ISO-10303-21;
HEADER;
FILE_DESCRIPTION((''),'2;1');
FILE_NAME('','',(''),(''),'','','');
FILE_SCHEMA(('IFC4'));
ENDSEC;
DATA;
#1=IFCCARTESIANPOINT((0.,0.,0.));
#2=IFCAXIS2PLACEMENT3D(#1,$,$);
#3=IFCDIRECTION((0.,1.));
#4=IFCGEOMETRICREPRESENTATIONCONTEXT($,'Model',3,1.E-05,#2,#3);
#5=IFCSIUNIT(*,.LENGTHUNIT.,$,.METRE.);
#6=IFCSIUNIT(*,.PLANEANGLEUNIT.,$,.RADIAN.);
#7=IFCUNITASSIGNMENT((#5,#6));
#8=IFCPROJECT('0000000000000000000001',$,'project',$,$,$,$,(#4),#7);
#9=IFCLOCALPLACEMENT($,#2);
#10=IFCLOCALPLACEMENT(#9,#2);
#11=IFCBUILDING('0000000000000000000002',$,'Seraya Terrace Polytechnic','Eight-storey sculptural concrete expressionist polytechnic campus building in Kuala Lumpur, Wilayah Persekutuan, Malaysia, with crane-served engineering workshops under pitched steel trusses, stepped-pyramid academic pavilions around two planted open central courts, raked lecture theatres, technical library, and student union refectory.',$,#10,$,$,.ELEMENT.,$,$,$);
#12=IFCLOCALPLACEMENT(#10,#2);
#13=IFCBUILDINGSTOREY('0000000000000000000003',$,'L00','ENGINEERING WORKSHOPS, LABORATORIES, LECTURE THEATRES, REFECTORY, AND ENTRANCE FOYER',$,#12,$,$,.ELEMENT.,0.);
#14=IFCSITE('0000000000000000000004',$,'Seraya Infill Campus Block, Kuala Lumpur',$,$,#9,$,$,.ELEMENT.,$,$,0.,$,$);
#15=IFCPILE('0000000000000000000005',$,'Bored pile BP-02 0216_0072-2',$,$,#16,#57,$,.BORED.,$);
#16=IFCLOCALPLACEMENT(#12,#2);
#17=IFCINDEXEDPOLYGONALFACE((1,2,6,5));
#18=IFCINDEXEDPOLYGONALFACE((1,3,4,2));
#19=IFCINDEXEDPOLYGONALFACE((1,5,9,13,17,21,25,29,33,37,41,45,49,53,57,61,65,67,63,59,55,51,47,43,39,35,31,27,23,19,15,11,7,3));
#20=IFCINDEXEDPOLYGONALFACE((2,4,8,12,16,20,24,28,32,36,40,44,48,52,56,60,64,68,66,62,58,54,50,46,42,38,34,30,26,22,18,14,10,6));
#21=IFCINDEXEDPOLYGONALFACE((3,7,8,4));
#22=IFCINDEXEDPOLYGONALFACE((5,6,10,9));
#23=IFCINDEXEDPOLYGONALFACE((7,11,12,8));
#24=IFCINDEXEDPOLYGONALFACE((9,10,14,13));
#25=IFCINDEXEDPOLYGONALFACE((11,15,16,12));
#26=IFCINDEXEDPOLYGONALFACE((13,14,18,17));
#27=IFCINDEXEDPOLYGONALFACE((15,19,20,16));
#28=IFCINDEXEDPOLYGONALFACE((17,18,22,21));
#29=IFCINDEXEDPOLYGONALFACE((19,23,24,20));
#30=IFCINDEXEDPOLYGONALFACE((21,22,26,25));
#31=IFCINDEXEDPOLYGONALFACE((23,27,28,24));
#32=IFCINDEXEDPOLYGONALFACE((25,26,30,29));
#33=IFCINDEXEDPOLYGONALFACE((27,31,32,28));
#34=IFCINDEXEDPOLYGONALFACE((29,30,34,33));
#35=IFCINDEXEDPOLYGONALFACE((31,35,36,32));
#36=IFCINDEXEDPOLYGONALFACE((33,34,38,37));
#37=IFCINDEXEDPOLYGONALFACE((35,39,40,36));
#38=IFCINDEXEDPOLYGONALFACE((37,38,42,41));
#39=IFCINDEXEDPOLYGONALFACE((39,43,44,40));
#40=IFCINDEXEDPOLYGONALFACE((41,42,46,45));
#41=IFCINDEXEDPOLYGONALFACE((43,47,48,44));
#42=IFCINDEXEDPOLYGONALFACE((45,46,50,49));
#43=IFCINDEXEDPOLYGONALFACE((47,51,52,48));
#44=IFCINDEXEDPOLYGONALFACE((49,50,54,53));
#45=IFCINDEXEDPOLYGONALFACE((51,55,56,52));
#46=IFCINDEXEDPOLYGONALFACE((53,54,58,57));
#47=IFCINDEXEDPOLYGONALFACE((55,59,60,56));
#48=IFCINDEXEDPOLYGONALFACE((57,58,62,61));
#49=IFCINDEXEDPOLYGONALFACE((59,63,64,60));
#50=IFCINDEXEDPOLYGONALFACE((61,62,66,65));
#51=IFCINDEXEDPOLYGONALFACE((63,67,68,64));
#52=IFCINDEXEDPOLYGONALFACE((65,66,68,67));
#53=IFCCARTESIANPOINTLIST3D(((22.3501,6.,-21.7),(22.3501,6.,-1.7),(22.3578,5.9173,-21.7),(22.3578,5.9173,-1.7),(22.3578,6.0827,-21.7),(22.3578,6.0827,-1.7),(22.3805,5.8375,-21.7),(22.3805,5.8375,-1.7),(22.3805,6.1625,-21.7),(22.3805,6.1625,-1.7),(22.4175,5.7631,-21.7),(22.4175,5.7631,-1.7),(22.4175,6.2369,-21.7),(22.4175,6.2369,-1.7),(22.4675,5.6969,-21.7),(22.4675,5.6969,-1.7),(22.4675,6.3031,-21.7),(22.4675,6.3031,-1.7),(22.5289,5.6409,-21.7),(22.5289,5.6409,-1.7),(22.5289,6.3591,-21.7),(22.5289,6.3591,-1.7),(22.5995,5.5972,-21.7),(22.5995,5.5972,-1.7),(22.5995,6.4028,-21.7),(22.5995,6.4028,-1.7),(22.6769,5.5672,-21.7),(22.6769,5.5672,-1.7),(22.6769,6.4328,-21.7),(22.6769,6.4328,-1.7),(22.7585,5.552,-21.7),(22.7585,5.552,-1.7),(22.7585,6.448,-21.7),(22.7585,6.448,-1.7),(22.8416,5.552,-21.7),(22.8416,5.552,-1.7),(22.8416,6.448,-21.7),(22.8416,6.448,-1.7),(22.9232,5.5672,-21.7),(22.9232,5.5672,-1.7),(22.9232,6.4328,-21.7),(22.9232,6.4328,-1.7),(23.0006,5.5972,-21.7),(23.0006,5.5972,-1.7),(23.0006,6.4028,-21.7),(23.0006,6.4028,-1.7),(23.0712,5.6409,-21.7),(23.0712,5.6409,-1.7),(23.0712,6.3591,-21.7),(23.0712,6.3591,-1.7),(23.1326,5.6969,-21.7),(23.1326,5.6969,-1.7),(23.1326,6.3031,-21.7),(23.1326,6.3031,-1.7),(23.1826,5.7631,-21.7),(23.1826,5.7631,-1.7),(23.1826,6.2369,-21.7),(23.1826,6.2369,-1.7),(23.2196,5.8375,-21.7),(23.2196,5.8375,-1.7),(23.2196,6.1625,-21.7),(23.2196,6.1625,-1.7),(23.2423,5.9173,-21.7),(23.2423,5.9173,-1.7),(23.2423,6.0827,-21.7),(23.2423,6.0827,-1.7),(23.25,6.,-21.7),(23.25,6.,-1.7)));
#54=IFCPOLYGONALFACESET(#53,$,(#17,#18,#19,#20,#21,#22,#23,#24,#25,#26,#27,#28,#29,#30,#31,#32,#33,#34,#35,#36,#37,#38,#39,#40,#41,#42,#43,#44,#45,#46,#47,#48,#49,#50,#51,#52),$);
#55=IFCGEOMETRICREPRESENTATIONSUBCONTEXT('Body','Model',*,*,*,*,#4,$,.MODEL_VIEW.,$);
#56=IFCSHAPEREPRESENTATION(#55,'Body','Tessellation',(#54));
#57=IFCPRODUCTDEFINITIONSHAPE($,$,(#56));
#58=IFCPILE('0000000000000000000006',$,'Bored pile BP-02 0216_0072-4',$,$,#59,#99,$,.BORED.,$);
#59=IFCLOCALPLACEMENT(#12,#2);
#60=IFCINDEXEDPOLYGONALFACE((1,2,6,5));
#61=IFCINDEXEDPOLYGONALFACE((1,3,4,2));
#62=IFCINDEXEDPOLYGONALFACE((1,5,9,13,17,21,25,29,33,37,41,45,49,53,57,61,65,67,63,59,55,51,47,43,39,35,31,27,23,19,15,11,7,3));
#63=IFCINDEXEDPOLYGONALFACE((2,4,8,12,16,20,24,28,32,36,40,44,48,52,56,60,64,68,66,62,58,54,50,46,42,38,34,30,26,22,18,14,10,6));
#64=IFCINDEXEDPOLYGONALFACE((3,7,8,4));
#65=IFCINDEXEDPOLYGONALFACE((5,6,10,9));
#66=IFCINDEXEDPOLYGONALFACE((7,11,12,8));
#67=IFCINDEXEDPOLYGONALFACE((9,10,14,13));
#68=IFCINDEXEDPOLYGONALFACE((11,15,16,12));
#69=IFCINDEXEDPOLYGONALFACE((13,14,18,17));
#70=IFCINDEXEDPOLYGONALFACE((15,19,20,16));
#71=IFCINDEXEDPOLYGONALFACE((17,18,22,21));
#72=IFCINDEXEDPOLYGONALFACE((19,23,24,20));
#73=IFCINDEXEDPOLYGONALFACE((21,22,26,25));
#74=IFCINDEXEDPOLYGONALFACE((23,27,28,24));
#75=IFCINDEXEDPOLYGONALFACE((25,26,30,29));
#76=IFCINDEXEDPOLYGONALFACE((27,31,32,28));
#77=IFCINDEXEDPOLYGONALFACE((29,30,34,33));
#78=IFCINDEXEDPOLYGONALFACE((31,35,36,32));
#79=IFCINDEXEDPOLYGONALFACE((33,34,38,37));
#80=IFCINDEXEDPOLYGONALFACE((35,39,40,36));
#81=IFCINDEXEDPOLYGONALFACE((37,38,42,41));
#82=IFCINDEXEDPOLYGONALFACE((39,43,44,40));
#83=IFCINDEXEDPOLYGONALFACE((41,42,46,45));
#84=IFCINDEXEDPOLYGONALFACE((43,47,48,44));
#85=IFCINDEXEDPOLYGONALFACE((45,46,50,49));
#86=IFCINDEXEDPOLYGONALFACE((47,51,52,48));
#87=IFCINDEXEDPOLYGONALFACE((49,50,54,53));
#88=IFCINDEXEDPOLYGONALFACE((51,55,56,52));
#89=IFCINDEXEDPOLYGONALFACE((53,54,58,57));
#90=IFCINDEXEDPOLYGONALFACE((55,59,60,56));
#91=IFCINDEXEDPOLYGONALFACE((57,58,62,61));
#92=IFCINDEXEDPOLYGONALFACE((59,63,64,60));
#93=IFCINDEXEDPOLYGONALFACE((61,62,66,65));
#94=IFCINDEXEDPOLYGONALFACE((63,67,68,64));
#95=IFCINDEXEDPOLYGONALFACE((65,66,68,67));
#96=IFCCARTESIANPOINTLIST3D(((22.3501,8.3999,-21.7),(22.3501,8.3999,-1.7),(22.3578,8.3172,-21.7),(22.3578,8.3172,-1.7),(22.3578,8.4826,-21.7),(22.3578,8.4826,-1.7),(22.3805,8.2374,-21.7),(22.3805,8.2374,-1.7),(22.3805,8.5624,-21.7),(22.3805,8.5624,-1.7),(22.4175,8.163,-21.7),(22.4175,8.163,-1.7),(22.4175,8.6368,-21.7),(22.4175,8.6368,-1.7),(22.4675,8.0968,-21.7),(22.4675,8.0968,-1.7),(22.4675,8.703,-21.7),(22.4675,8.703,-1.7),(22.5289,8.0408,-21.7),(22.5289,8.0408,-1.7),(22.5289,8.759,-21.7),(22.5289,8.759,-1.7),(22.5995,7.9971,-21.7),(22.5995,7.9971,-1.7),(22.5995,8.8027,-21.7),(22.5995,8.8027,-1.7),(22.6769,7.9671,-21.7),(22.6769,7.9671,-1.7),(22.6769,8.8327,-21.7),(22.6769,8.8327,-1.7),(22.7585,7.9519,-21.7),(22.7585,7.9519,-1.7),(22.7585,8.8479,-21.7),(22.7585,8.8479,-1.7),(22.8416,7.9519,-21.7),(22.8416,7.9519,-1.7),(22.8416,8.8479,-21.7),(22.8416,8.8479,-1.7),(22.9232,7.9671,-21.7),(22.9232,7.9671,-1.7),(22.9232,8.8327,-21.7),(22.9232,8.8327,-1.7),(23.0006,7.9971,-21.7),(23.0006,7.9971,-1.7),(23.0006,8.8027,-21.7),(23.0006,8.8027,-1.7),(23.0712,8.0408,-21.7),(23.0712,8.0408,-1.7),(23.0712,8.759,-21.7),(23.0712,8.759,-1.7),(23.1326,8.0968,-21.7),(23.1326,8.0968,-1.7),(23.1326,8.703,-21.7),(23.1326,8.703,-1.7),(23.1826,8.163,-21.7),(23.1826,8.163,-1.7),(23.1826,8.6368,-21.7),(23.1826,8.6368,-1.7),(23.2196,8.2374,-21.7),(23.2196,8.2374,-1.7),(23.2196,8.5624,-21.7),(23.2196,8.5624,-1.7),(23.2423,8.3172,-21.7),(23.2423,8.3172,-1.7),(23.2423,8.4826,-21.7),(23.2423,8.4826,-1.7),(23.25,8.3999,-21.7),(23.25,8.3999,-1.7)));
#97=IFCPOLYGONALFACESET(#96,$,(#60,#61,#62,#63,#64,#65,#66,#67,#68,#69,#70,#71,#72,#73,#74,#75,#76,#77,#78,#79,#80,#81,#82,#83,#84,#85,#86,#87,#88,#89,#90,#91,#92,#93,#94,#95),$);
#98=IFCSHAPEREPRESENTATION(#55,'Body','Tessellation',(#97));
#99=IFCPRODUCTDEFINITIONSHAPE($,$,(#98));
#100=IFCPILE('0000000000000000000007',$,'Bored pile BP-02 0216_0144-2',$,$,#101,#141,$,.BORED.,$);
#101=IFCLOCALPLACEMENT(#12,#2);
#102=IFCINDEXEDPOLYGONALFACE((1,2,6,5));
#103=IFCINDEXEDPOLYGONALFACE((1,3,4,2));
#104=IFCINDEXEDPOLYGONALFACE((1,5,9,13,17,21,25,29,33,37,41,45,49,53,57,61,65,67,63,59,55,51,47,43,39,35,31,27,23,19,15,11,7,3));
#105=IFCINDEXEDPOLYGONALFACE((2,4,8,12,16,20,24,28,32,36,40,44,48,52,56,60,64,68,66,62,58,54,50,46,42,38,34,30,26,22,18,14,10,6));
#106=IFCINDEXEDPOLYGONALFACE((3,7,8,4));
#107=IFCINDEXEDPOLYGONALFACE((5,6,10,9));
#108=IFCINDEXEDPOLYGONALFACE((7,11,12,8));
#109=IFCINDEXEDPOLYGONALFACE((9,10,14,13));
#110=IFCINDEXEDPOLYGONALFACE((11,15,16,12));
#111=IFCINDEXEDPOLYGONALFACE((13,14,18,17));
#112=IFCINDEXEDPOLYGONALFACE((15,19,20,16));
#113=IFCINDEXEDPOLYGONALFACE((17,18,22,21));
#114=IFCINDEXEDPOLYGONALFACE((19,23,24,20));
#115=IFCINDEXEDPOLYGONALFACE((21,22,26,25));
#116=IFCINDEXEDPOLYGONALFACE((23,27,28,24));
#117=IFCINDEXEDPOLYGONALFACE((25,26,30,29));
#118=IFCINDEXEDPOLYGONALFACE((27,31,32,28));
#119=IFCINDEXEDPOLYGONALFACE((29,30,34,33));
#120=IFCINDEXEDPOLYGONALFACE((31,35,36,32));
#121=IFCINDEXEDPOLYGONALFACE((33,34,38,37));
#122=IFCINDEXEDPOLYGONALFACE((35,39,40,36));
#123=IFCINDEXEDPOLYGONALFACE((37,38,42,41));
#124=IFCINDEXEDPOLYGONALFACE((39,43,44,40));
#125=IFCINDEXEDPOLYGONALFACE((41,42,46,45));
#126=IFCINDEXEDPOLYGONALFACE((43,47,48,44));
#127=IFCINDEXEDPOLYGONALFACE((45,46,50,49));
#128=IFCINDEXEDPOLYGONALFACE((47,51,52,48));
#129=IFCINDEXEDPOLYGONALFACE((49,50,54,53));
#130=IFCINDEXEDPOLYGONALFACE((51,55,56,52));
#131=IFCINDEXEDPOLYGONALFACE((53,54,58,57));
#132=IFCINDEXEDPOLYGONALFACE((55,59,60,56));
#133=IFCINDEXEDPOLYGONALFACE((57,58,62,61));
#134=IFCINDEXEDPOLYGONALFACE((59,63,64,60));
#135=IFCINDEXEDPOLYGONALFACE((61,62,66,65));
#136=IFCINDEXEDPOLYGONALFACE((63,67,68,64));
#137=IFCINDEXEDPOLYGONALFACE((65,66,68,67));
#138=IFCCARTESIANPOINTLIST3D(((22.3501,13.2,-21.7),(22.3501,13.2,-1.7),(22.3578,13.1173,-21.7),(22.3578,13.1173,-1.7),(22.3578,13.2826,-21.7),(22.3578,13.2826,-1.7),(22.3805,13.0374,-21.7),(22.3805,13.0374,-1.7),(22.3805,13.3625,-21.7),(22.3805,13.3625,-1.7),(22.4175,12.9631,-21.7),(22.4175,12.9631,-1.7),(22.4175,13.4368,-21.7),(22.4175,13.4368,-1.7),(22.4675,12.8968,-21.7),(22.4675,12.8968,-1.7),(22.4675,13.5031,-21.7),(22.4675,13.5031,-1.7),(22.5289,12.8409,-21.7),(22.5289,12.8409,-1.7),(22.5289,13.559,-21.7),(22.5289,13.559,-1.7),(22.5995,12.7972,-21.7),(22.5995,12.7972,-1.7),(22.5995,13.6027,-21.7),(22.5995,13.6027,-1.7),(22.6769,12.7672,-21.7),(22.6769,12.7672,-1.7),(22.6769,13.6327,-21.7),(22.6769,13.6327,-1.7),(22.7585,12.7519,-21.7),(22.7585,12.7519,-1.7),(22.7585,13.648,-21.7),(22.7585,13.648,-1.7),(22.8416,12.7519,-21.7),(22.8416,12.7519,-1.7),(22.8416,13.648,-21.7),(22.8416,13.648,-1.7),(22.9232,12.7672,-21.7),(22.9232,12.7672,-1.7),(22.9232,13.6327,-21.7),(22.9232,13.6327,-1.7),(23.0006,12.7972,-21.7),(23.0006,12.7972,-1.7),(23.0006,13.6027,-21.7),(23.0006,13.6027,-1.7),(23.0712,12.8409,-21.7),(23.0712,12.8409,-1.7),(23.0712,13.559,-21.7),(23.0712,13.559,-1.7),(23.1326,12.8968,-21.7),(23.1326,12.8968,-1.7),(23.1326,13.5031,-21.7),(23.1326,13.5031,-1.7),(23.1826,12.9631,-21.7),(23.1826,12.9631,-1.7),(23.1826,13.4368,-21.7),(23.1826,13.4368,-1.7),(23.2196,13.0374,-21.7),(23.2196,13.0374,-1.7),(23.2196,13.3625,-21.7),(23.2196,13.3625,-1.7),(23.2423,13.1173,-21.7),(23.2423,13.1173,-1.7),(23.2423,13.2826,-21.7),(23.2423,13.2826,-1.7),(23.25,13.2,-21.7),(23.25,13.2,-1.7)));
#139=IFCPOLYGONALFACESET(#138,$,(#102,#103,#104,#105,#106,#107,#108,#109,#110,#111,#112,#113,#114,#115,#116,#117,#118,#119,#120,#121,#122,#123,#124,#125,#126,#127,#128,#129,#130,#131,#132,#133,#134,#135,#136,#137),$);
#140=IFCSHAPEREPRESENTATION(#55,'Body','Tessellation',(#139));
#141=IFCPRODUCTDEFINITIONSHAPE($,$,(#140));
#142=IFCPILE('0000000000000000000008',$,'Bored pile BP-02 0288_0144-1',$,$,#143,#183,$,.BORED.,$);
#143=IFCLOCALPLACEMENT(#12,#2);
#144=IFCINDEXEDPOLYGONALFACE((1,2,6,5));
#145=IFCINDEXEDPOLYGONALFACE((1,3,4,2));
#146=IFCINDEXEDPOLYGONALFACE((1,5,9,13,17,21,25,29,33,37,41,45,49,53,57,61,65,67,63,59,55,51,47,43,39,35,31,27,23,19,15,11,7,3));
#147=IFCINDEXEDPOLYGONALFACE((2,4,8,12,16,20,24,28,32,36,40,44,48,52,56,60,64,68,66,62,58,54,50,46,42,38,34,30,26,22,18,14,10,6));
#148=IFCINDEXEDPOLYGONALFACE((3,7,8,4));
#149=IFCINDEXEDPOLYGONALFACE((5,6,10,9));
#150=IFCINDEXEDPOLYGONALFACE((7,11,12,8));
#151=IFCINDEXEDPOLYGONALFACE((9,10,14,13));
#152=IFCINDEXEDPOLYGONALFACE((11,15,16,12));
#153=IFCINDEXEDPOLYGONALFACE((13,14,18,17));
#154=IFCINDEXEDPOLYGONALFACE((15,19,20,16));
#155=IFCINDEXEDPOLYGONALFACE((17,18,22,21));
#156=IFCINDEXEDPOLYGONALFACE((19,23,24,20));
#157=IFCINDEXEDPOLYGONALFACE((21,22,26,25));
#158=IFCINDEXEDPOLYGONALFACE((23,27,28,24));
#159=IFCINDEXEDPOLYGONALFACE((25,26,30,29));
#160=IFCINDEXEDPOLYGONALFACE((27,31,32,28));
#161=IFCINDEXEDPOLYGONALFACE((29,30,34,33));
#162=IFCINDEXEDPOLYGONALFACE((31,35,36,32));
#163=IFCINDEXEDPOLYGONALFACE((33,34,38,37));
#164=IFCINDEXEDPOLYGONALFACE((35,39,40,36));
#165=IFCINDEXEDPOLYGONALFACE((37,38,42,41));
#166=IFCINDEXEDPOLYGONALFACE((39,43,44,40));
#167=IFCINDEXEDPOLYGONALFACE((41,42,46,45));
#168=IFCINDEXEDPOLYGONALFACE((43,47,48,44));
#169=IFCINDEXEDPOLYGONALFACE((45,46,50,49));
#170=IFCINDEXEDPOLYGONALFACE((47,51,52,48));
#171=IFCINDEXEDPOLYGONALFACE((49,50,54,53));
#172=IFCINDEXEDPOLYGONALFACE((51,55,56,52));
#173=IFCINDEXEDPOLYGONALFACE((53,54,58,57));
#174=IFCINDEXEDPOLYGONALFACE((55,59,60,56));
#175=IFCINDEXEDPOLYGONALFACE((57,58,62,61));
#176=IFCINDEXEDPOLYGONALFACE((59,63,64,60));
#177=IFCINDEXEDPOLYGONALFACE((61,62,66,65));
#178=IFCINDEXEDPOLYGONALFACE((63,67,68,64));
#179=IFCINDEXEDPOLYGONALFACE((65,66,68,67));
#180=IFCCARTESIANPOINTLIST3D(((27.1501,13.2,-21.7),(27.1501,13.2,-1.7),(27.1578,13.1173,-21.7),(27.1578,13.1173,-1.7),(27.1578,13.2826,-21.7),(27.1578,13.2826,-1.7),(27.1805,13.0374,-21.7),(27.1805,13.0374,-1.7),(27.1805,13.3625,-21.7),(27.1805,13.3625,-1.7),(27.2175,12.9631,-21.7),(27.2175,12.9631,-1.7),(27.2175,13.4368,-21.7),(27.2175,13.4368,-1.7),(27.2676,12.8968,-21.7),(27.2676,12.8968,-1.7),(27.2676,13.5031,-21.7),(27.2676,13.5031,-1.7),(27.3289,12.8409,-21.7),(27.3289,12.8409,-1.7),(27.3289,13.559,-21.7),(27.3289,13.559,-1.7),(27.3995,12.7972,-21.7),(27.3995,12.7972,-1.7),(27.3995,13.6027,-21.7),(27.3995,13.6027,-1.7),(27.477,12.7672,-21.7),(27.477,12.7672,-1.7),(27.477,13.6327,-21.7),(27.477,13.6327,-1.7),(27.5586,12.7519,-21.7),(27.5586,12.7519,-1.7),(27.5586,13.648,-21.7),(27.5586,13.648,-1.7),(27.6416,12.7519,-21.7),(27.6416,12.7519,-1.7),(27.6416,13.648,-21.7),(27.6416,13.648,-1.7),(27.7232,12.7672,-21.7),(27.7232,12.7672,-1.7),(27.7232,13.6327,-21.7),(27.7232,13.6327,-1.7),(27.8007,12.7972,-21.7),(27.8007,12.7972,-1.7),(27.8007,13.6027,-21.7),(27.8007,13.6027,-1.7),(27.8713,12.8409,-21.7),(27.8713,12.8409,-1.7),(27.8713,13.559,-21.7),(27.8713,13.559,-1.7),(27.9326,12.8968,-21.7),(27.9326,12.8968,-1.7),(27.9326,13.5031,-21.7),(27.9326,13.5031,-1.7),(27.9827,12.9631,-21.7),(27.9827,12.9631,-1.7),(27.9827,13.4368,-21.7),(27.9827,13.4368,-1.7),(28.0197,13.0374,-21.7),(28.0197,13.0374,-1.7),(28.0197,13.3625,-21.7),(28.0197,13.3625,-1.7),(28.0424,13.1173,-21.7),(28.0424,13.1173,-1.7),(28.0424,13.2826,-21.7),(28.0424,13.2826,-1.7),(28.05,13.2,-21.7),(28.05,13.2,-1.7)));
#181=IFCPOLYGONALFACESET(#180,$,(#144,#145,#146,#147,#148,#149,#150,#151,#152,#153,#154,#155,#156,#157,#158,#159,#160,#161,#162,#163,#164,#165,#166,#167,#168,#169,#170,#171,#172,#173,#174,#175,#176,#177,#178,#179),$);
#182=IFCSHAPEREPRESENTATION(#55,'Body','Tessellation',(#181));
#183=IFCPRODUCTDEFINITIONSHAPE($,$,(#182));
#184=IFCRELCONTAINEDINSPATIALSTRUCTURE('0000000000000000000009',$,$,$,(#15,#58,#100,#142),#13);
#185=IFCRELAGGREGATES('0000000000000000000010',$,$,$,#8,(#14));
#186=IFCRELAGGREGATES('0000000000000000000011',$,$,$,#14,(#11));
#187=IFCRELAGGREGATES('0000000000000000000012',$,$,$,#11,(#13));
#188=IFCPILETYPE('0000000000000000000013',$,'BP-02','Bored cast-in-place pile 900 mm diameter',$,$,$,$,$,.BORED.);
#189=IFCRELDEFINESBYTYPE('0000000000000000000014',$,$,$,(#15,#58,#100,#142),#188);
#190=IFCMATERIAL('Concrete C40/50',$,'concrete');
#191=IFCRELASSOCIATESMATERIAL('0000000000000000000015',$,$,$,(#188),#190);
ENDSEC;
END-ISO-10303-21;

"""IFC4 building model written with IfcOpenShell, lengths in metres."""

from ifc_helpers import new_model, si_unit, direction, frame, origin, origin_2d, place, context, subcontext, project, spatial, circle, extrude, material, material_profile, profile_set, type_object, element, save


model = new_model("IFC4")

# Units and contexts
model_context = context("Model", 3, precision=1e-05, world=origin(), true_north=direction((0.0, 1.0)))
body_context = subcontext(model_context, "Body", "Model", "MODEL_VIEW")
ifc_project = project(units=[si_unit("LENGTHUNIT", "METRE"), si_unit("PLANEANGLEUNIT", "RADIAN")], contexts=[model_context])

# Site, building, storey
site_placement = place(None, origin())
site = spatial("IfcSite", under=ifc_project, at=site_placement, Name="Seraya Infill Campus Block, Kuala Lumpur", CompositionType="ELEMENT", RefElevation=0.0)
building_placement = place(site_placement, origin())
building = spatial("IfcBuilding", under=site, at=building_placement, Name="Seraya Terrace Polytechnic", Description="Eight-storey sculptural concrete expressionist polytechnic campus building in Kuala Lumpur, Wilayah Persekutuan, Malaysia, with crane-served engineering workshops under pitched steel trusses, stepped-pyramid academic pavilions around two planted open central courts, raked lecture theatres, technical library, and student union refectory.", CompositionType="ELEMENT")
storey_placement = place(building_placement, origin())
storey = spatial("IfcBuildingStorey", under=building, at=storey_placement, Name="L00", Description="ENGINEERING WORKSHOPS, LABORATORIES, LECTURE THEATRES, REFECTORY, AND ENTRANCE FOYER", CompositionType="ELEMENT", Elevation=0.0)

# Piles
ifc_material = material(Name="Concrete C40/50", Category="concrete")
ifc_material_profile_1 = material_profile(ifc_material, circle(Radius=0.45, at=origin_2d()), Name="DIA 900")
ifc_profile_set_1 = profile_set([ifc_material_profile_1], Name="Concrete C40/50")
pile_type = type_object("IfcPileType", Name="BP-02", Description="Bored cast-in-place pile 900 mm diameter", PredefinedType="BORED", material=ifc_profile_set_1)
for number, where, z_axis, x_axis, name in (
    (1, (22.8, 6.0, -1.7), (0.0, 0.0, -1.0), (1.0, 0.0, 0.0), "Bored pile BP-02 0216_0072-2"),
    (2, (22.8, 8.3999, -1.7), (0.0, 0.0, -1.0), (1.0, 0.0, 0.0), "Bored pile BP-02 0216_0072-4"),
    (3, (22.8, 13.2, -1.7), (0.0, 0.0, -1.0), (1.0, 0.0, 0.0), "Bored pile BP-02 0216_0144-2"),
    (4, (27.6001, 13.2, -1.7), (0.0, 0.0, -1.0), (1.0, 0.0, 0.0), "Bored pile BP-02 0288_0144-1"),
):
    element("IfcPile", number, at=place(storey_placement, frame(where, z_axis=z_axis, x_axis=x_axis)), inside=storey, type_object=pile_type, Name=name, PredefinedType="BORED", context=body_context, shape_type="SweptSolid", body=[
        extrude(circle(Radius=0.45, at=origin_2d()), origin(), (0.0, 0.0, 1.0), 20.0),
    ])

save(model, "model.ifc")
